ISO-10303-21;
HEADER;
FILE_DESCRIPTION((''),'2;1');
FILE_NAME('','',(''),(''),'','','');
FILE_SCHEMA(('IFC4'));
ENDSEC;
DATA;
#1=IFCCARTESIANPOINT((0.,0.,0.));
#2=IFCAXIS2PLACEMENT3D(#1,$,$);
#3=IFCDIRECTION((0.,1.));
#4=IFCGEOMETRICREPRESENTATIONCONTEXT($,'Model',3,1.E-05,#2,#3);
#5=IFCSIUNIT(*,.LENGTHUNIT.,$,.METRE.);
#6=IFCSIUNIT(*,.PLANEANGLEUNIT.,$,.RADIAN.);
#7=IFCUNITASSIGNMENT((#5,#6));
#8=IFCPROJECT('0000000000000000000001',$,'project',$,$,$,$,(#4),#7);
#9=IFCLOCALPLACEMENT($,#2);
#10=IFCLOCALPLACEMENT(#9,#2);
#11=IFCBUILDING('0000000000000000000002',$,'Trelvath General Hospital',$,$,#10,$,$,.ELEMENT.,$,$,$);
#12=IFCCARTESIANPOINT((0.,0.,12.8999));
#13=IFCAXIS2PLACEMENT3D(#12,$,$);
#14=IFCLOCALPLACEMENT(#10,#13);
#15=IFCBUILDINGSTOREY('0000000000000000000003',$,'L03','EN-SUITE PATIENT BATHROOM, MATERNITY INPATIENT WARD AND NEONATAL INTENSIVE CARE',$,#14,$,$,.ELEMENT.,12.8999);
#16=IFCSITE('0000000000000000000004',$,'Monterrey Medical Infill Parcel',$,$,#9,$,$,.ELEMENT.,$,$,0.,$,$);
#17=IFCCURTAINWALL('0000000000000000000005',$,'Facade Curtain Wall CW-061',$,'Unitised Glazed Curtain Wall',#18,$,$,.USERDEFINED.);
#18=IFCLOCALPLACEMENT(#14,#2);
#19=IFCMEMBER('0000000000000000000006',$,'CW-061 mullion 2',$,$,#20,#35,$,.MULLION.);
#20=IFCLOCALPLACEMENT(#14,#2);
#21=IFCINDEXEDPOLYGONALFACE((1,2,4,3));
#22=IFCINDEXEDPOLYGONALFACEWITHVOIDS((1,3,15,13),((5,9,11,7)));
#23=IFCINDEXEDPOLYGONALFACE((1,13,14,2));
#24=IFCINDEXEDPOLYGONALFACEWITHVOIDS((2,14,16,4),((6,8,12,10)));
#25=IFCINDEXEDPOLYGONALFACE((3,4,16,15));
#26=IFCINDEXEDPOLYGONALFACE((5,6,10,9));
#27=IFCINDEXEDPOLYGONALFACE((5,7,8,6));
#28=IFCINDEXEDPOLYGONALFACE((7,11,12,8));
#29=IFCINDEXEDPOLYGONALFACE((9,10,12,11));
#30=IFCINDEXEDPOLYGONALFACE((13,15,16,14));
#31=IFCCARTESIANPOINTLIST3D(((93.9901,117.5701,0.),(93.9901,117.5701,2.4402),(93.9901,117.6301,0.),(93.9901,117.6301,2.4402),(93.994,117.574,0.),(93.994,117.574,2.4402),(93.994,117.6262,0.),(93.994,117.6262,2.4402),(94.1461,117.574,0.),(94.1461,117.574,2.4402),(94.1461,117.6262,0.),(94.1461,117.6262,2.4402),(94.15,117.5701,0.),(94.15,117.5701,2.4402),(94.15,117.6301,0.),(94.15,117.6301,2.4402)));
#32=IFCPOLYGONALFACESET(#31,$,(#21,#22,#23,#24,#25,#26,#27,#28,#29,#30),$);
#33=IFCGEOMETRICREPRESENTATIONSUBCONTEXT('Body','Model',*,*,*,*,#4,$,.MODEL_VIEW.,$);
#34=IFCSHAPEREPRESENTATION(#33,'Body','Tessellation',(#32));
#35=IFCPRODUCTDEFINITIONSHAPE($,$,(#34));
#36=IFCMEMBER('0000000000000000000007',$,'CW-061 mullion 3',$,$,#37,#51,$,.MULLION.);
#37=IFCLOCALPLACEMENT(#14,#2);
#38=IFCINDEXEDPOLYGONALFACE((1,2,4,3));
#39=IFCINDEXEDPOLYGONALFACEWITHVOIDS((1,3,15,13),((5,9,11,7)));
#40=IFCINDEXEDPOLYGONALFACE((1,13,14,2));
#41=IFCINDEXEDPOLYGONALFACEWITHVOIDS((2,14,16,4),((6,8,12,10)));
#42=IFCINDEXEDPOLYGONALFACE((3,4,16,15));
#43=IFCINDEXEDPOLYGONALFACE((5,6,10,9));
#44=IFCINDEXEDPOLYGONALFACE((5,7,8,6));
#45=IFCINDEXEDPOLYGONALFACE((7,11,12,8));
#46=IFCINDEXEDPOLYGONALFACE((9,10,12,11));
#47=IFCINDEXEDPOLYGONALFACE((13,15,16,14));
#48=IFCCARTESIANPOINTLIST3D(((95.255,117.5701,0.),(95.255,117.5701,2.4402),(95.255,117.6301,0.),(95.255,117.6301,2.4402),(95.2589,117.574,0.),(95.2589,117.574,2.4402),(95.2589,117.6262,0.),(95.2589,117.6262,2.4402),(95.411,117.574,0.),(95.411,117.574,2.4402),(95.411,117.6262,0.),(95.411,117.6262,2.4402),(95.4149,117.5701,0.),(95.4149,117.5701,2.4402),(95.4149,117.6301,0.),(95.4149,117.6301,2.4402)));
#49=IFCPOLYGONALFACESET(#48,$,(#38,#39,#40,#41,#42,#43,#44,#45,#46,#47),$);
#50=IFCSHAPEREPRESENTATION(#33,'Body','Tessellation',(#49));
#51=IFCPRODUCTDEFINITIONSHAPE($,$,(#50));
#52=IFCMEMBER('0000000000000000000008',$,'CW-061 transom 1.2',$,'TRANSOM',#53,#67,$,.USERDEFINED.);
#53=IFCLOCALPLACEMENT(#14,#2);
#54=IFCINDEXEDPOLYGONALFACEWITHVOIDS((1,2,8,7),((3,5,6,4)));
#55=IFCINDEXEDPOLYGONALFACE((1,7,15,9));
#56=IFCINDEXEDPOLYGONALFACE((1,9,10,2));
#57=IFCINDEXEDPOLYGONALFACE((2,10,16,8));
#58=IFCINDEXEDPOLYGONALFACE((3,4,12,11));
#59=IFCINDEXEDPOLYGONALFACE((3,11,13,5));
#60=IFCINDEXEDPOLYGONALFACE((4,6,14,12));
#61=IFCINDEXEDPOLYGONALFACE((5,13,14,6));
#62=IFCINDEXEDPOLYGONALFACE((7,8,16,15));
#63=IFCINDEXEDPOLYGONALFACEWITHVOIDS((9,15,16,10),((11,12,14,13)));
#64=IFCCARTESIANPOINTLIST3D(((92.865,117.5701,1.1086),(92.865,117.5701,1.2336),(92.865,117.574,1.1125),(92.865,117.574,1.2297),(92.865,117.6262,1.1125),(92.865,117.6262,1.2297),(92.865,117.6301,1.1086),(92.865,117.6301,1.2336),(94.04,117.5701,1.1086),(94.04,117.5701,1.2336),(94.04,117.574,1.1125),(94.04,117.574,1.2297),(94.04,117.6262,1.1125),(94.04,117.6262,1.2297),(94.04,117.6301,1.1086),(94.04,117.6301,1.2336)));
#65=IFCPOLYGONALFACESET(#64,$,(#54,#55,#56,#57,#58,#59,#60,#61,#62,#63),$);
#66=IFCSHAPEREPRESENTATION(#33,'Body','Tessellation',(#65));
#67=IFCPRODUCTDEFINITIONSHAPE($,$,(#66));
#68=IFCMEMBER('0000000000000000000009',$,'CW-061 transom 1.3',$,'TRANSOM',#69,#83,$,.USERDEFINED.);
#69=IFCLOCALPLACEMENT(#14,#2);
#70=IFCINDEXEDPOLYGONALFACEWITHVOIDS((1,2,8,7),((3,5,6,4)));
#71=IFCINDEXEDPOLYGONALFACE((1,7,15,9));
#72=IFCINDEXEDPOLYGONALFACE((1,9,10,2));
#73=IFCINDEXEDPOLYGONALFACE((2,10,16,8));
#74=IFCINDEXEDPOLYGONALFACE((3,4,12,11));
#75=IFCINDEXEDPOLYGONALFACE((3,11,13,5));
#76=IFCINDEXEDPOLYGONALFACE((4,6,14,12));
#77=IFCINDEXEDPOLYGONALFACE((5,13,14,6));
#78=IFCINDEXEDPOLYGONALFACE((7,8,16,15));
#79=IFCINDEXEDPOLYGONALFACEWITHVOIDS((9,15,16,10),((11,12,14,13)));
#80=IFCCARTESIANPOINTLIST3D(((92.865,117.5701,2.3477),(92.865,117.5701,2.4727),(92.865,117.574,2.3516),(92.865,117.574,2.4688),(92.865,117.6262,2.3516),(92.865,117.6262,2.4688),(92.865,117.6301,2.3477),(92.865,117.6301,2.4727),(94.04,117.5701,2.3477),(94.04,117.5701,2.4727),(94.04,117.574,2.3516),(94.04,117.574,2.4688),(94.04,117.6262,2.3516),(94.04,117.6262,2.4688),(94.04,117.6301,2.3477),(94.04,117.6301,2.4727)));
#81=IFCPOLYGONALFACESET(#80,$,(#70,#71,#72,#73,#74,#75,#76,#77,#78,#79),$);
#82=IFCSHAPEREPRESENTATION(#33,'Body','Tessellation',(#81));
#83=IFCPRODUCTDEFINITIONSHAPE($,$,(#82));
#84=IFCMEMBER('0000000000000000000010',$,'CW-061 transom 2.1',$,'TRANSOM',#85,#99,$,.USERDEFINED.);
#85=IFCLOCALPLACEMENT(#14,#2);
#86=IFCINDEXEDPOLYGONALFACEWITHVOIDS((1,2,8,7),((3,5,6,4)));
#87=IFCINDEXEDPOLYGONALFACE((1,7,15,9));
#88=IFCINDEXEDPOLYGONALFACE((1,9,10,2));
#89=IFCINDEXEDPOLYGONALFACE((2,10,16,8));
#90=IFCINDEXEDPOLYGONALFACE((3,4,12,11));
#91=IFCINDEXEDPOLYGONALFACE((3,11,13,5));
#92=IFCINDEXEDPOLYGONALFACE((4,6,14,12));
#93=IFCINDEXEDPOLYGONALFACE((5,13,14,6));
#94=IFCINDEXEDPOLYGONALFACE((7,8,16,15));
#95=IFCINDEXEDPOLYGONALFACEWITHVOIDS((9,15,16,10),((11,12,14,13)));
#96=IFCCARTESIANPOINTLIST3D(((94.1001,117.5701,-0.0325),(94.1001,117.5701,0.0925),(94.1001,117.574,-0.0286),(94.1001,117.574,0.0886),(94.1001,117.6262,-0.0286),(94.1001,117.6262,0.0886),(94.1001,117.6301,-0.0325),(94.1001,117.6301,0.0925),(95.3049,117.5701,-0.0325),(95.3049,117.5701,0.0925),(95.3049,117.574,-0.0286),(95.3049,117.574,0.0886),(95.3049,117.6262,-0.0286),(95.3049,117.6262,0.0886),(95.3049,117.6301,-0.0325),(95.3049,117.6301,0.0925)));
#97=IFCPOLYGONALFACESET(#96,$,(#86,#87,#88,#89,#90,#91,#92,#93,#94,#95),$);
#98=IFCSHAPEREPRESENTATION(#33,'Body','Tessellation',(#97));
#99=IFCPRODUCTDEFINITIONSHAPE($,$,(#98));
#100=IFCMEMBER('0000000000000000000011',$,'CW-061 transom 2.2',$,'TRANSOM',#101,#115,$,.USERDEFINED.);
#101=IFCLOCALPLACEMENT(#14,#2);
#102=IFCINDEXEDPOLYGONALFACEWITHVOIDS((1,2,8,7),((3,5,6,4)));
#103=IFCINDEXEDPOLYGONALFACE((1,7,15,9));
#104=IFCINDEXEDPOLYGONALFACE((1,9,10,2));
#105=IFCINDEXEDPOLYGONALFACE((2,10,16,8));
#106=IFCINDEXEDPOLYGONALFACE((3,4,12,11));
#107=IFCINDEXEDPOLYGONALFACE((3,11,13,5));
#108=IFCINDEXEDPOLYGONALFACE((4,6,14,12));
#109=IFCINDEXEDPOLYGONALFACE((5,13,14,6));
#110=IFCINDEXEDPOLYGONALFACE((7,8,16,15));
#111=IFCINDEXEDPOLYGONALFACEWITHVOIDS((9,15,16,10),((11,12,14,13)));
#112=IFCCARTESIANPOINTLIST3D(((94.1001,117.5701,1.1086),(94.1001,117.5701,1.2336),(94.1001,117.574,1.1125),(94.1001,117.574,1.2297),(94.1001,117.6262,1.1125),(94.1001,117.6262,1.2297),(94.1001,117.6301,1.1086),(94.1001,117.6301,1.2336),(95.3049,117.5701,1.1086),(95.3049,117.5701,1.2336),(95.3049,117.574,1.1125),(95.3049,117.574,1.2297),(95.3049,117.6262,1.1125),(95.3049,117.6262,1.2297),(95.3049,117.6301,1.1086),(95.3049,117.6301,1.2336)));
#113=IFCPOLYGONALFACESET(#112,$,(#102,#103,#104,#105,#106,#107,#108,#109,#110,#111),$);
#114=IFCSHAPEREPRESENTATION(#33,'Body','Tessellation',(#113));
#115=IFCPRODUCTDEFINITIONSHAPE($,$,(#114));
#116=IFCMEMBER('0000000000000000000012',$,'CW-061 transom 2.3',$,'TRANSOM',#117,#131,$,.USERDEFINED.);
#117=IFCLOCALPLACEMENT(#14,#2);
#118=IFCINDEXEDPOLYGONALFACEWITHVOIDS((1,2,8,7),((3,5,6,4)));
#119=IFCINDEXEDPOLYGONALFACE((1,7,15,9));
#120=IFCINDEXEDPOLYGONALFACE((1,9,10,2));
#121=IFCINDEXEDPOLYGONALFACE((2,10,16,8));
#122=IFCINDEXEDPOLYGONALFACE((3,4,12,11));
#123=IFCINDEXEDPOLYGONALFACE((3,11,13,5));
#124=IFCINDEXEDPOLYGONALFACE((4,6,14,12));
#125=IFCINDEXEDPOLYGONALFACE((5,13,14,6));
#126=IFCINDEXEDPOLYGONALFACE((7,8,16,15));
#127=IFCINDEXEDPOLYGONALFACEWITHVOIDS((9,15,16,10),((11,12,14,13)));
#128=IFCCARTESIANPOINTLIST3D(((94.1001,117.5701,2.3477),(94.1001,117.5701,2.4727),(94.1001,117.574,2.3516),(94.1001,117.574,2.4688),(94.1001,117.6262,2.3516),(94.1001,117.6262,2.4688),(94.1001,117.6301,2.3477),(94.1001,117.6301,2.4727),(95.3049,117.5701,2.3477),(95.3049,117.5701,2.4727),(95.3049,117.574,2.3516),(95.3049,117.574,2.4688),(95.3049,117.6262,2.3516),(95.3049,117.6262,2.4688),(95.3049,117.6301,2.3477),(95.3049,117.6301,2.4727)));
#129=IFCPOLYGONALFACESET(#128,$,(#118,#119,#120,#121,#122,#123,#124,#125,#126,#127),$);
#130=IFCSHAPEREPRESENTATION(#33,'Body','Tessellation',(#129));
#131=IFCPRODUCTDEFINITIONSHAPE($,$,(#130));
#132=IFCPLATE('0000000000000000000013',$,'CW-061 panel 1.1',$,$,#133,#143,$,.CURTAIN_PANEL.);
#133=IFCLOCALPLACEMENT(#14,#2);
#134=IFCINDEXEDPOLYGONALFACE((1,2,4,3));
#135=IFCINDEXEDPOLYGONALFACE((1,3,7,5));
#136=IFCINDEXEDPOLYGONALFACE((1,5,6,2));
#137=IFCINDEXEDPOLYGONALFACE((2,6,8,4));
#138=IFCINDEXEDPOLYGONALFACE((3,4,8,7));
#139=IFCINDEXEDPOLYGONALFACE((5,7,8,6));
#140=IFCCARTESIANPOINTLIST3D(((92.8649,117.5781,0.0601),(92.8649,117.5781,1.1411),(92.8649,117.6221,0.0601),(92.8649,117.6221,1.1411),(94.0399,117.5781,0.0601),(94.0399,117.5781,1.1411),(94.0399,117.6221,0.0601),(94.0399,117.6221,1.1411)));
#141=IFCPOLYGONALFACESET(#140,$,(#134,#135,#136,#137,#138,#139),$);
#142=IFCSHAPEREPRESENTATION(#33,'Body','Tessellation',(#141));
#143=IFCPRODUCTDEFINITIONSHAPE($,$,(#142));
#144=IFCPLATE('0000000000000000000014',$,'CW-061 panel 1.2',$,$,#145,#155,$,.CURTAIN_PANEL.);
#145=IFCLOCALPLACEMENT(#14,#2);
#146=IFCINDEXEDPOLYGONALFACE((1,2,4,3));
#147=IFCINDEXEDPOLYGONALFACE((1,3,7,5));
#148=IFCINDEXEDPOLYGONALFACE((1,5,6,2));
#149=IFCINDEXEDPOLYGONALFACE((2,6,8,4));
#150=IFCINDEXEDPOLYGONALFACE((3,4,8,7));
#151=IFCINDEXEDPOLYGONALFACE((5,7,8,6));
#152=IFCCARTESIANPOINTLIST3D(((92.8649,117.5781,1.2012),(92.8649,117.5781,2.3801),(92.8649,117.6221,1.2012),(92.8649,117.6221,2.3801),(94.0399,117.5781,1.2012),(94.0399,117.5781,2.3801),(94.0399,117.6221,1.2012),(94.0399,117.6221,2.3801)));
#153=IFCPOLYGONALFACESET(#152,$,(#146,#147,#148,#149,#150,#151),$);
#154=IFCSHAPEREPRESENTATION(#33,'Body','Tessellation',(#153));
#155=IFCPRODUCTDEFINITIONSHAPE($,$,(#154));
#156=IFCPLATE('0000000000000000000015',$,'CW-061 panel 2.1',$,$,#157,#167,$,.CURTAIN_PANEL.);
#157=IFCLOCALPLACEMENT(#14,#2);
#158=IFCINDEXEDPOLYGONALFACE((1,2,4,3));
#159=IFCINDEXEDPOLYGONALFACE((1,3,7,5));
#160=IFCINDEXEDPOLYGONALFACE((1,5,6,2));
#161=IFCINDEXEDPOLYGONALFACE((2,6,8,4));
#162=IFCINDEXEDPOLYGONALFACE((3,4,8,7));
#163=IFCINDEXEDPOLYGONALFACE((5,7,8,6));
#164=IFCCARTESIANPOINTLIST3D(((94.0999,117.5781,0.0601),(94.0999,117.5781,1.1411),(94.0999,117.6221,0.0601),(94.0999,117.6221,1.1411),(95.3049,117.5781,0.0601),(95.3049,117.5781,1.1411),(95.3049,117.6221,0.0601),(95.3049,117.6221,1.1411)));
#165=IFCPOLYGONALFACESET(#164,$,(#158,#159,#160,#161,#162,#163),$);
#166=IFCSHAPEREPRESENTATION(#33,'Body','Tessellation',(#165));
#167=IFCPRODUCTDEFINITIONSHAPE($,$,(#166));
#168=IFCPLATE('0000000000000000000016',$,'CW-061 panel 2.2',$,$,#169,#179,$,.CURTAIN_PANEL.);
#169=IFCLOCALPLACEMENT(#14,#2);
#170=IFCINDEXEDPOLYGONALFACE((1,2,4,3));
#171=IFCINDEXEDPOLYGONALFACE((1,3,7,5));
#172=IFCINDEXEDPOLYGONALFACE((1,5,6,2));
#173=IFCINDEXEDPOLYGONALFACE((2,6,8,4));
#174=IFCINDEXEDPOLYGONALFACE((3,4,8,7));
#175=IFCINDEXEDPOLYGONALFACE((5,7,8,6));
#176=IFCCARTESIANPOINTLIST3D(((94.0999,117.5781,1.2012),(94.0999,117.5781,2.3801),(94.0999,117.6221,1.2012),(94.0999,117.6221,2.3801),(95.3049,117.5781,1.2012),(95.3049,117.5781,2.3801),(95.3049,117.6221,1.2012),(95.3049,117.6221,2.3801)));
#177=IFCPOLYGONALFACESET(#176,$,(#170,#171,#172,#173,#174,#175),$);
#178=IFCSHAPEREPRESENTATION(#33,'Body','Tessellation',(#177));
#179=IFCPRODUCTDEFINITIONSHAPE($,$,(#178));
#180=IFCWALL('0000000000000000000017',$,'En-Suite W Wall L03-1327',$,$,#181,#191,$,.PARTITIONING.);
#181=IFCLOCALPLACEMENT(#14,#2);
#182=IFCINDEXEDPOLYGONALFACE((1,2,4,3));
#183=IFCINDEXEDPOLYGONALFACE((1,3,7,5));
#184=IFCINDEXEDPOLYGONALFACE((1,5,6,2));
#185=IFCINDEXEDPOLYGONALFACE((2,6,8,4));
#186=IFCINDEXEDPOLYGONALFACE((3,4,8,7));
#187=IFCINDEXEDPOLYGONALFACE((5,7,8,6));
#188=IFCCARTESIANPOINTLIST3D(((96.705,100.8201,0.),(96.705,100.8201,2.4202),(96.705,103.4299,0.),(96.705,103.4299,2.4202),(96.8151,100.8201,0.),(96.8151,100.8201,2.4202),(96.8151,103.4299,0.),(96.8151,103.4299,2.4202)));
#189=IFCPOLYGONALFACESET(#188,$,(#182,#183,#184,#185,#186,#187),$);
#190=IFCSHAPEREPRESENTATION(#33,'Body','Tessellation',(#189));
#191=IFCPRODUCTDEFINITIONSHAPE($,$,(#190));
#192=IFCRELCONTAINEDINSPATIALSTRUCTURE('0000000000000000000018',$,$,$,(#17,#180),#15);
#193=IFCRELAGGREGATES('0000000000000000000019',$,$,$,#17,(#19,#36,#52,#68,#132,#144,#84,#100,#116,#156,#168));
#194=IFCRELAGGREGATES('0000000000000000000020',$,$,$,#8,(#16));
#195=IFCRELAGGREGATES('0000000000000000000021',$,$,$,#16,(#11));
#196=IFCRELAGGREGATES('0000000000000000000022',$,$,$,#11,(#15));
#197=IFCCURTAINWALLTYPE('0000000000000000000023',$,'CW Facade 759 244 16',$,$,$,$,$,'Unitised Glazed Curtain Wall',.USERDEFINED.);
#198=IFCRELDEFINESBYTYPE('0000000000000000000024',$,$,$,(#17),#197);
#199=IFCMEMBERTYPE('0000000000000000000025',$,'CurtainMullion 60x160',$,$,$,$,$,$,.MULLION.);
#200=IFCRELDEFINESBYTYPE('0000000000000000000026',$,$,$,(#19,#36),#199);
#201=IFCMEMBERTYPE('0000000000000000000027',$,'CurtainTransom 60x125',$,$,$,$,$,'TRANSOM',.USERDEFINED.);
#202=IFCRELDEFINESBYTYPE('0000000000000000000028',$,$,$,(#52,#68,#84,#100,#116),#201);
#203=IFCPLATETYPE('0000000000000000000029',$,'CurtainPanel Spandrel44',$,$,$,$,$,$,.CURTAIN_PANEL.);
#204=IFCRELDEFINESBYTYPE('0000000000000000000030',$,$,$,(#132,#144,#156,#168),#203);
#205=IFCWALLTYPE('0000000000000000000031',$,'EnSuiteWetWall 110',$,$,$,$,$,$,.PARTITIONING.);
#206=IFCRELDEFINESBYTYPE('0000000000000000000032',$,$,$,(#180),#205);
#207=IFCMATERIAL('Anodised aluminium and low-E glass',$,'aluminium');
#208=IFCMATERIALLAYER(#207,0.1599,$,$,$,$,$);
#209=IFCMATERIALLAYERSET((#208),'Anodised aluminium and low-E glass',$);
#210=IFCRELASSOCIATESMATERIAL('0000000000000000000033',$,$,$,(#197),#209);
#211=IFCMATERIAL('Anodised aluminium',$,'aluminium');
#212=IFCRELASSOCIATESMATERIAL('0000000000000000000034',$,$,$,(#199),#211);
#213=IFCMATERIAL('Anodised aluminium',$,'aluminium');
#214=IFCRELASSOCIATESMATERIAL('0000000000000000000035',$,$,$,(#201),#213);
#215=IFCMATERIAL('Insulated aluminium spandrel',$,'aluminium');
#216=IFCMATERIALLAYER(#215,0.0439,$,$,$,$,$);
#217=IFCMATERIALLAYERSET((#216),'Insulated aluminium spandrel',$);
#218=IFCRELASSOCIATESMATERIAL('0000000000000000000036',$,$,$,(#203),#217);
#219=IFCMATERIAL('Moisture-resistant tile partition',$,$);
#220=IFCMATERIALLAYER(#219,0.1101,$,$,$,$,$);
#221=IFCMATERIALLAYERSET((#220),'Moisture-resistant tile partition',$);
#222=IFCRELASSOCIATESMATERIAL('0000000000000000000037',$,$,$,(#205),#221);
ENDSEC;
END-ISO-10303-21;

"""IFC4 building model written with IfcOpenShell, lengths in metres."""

from ifc_helpers import new_model, si_unit, direction, frame, frame_2d, origin, origin_2d, place, context, subcontext, project, spatial, rectangle, hollow_rectangle, extrude, material, layer, layer_set, material_profile, profile_set, type_object, element, aggregate, save


model = new_model("IFC4")

# Units and contexts
model_context = context("Model", 3, precision=1e-05, world=origin(), true_north=direction((0.0, 1.0)))
body_context = subcontext(model_context, "Body", "Model", "MODEL_VIEW")
ifc_project = project(units=[si_unit("LENGTHUNIT", "METRE"), si_unit("PLANEANGLEUNIT", "RADIAN")], contexts=[model_context])

# Site, building, storey
site_placement = place(None, origin())
site = spatial("IfcSite", under=ifc_project, at=site_placement, Name="Monterrey Medical Infill Parcel", CompositionType="ELEMENT", RefElevation=0.0)
building_placement = place(site_placement, origin())
building = spatial("IfcBuilding", under=site, at=building_placement, Name="Trelvath General Hospital", CompositionType="ELEMENT")
storey_placement = place(building_placement, frame((0.0, 0.0, 12.8999)))
storey = spatial("IfcBuildingStorey", under=building, at=storey_placement, Name="L03", Description="EN-SUITE PATIENT BATHROOM, MATERNITY INPATIENT WARD AND NEONATAL INTENSIVE CARE", CompositionType="ELEMENT", Elevation=12.8999)

# Curtain wall, members, plates
ifc_material_1 = material(Name="Anodised aluminium and low-E glass", Category="aluminium")
ifc_layer_1 = layer(ifc_material_1, 0.1599)
ifc_layer_set_1 = layer_set([ifc_layer_1], Name="Anodised aluminium and low-E glass")
curtain_wall_type = type_object("IfcCurtainWallType", Name="CW Facade 759 244 16", ElementType="Unitised Glazed Curtain Wall", PredefinedType="USERDEFINED", material=ifc_layer_set_1)
curtain_wall_placement = place(storey_placement, origin())
curtain_wall = element("IfcCurtainWall", 1, at=curtain_wall_placement, inside=storey, type_object=curtain_wall_type, Name="Facade Curtain Wall CW-061", ObjectType="Unitised Glazed Curtain Wall", PredefinedType="USERDEFINED")
ifc_material_2 = material(Name="Anodised aluminium", Category="aluminium")
ifc_material_profile_1 = material_profile(ifc_material_2, hollow_rectangle(XDim=0.0601, YDim=0.1599, WallThickness=0.0039, at=origin_2d()), Name="RHS60x160x4")
ifc_profile_set_1 = profile_set([ifc_material_profile_1], Name="Anodised aluminium")
member_type_1 = type_object("IfcMemberType", Name="CurtainMullion 60x160", PredefinedType="MULLION", material=ifc_profile_set_1)
member_1_placement = place(storey_placement, frame((94.0701, 117.6001, 0.0), z_axis=(0.0, 0.0, 1.0), x_axis=(0.0, 1.0, 0.0)))
member_1 = element("IfcMember", 2, at=member_1_placement, type_object=member_type_1, Name="CW-061 mullion 2", PredefinedType="MULLION", context=body_context, shape_type="SweptSolid", body=[
    extrude(hollow_rectangle(XDim=0.0601, YDim=0.1599, WallThickness=0.0039, at=origin_2d()), origin(), (0.0, 0.0, 1.0), 2.4402),
])
member_2_placement = place(storey_placement, frame((95.335, 117.6001, 0.0), z_axis=(0.0, 0.0, 1.0), x_axis=(0.0, 1.0, 0.0)))
member_2 = element("IfcMember", 3, at=member_2_placement, type_object=member_type_1, Name="CW-061 mullion 3", PredefinedType="MULLION", context=body_context, shape_type="SweptSolid", body=[
    extrude(hollow_rectangle(XDim=0.0601, YDim=0.1599, WallThickness=0.0039, at=origin_2d()), origin(), (0.0, 0.0, 1.0), 2.4402),
])
ifc_material_3 = material(Name="Anodised aluminium", Category="aluminium")
ifc_material_profile_2 = material_profile(ifc_material_3, hollow_rectangle(XDim=0.0601, YDim=0.125, WallThickness=0.0039, at=origin_2d()), Name="RHS60x125x4")
ifc_profile_set_2 = profile_set([ifc_material_profile_2], Name="Anodised aluminium")
member_type_2 = type_object("IfcMemberType", Name="CurtainTransom 60x125", ElementType="TRANSOM", PredefinedType="USERDEFINED", material=ifc_profile_set_2)
member_3_placement = place(storey_placement, frame((92.865, 117.6001, 1.1711), z_axis=(1.0, 0.0, 0.0), x_axis=(0.0, 1.0, 0.0)))
member_3 = element("IfcMember", 4, at=member_3_placement, type_object=member_type_2, Name="CW-061 transom 1.2", ObjectType="TRANSOM", PredefinedType="USERDEFINED", context=body_context, shape_type="SweptSolid", body=[
    extrude(hollow_rectangle(XDim=0.0601, YDim=0.125, WallThickness=0.0039, at=origin_2d()), origin(), (0.0, 0.0, 1.0), 1.175),
])
member_4_placement = place(storey_placement, frame((92.865, 117.6001, 2.4102), z_axis=(1.0, 0.0, 0.0), x_axis=(0.0, 1.0, 0.0)))
member_4 = element("IfcMember", 5, at=member_4_placement, type_object=member_type_2, Name="CW-061 transom 1.3", ObjectType="TRANSOM", PredefinedType="USERDEFINED", context=body_context, shape_type="SweptSolid", body=[
    extrude(hollow_rectangle(XDim=0.0601, YDim=0.125, WallThickness=0.0039, at=origin_2d()), origin(), (0.0, 0.0, 1.0), 1.175),
])
member_5_placement = place(storey_placement, frame((94.1001, 117.6001, 0.03), z_axis=(1.0, 0.0, 0.0), x_axis=(0.0, 1.0, 0.0)))
member_5 = element("IfcMember", 6, at=member_5_placement, type_object=member_type_2, Name="CW-061 transom 2.1", ObjectType="TRANSOM", PredefinedType="USERDEFINED", context=body_context, shape_type="SweptSolid", body=[
    extrude(hollow_rectangle(XDim=0.0601, YDim=0.125, WallThickness=0.0039, at=origin_2d()), origin(), (0.0, 0.0, 1.0), 1.2048),
])
member_6_placement = place(storey_placement, frame((94.1001, 117.6001, 1.1711), z_axis=(1.0, 0.0, 0.0), x_axis=(0.0, 1.0, 0.0)))
member_6 = element("IfcMember", 7, at=member_6_placement, type_object=member_type_2, Name="CW-061 transom 2.2", ObjectType="TRANSOM", PredefinedType="USERDEFINED", context=body_context, shape_type="SweptSolid", body=[
    extrude(hollow_rectangle(XDim=0.0601, YDim=0.125, WallThickness=0.0039, at=origin_2d()), origin(), (0.0, 0.0, 1.0), 1.2048),
])
member_7_placement = place(storey_placement, frame((94.1001, 117.6001, 2.4102), z_axis=(1.0, 0.0, 0.0), x_axis=(0.0, 1.0, 0.0)))
member_7 = element("IfcMember", 8, at=member_7_placement, type_object=member_type_2, Name="CW-061 transom 2.3", ObjectType="TRANSOM", PredefinedType="USERDEFINED", context=body_context, shape_type="SweptSolid", body=[
    extrude(hollow_rectangle(XDim=0.0601, YDim=0.125, WallThickness=0.0039, at=origin_2d()), origin(), (0.0, 0.0, 1.0), 1.2048),
])
ifc_material_4 = material(Name="Insulated aluminium spandrel", Category="aluminium")
ifc_layer_2 = layer(ifc_material_4, 0.0439)
ifc_layer_set_2 = layer_set([ifc_layer_2], Name="Insulated aluminium spandrel")
plate_type = type_object("IfcPlateType", Name="CurtainPanel Spandrel44", PredefinedType="CURTAIN_PANEL", material=ifc_layer_set_2)
plate_1_placement = place(storey_placement, frame((93.4524, 117.6001, 0.0601), z_axis=(0.0, 0.0, 1.0), x_axis=(1.0, 0.0, 0.0)))
plate_1 = element("IfcPlate", 9, at=plate_1_placement, type_object=plate_type, Name="CW-061 panel 1.1", PredefinedType="CURTAIN_PANEL", context=body_context, shape_type="SweptSolid", body=[
    extrude(rectangle(XDim=1.175, YDim=0.0439, at=origin_2d()), origin(), (0.0, 0.0, 1.0), 1.0811),
])
plate_2_placement = place(storey_placement, frame((93.4524, 117.6001, 1.2012), z_axis=(0.0, 0.0, 1.0), x_axis=(1.0, 0.0, 0.0)))
plate_2 = element("IfcPlate", 10, at=plate_2_placement, type_object=plate_type, Name="CW-061 panel 1.2", PredefinedType="CURTAIN_PANEL", context=body_context, shape_type="SweptSolid", body=[
    extrude(rectangle(XDim=1.175, YDim=0.0439, at=origin_2d()), origin(), (0.0, 0.0, 1.0), 1.179),
])
plate_3_placement = place(storey_placement, frame((94.7024, 117.6001, 0.0601), z_axis=(0.0, 0.0, 1.0), x_axis=(1.0, 0.0, 0.0)))
plate_3 = element("IfcPlate", 11, at=plate_3_placement, type_object=plate_type, Name="CW-061 panel 2.1", PredefinedType="CURTAIN_PANEL", context=body_context, shape_type="SweptSolid", body=[
    extrude(rectangle(XDim=1.2051, YDim=0.0439, at=origin_2d()), origin(), (0.0, 0.0, 1.0), 1.0811),
])
plate_4_placement = place(storey_placement, frame((94.7024, 117.6001, 1.2012), z_axis=(0.0, 0.0, 1.0), x_axis=(1.0, 0.0, 0.0)))
plate_4 = element("IfcPlate", 12, at=plate_4_placement, type_object=plate_type, Name="CW-061 panel 2.2", PredefinedType="CURTAIN_PANEL", context=body_context, shape_type="SweptSolid", body=[
    extrude(rectangle(XDim=1.2051, YDim=0.0439, at=origin_2d()), origin(), (0.0, 0.0, 1.0), 1.179),
])
aggregate(curtain_wall, [member_1, member_2, member_3, member_4, plate_1, plate_2, member_5, member_6, member_7, plate_3, plate_4])

# Wall
ifc_material_5 = material(Name="Moisture-resistant tile partition")
ifc_layer_3 = layer(ifc_material_5, 0.1101)
ifc_layer_set_3 = layer_set([ifc_layer_3], Name="Moisture-resistant tile partition")
wall_type_1 = type_object("IfcWallType", Name="EnSuiteWetWall 110", PredefinedType="PARTITIONING", material=ifc_layer_set_3)
for number, where, z_axis, x_axis, name in (
    (13, (96.76, 100.8201, 0.0), (0.0, 0.0, 1.0), (0.0, 1.0, 0.0), "En-Suite W Wall L03-1327"),
):
    element("IfcWall", number, at=place(storey_placement, frame(where, z_axis=z_axis, x_axis=x_axis)), inside=storey, type_object=wall_type_1, Name=name, PredefinedType="PARTITIONING", context=body_context, shape_type="SweptSolid", body=[
        extrude(rectangle(XDim=2.6099, YDim=0.1101, at=frame_2d((1.3049, 0.0))), origin(), (0.0, 0.0, 1.0), 2.4202),
    ])

save(model, "model.ifc")
